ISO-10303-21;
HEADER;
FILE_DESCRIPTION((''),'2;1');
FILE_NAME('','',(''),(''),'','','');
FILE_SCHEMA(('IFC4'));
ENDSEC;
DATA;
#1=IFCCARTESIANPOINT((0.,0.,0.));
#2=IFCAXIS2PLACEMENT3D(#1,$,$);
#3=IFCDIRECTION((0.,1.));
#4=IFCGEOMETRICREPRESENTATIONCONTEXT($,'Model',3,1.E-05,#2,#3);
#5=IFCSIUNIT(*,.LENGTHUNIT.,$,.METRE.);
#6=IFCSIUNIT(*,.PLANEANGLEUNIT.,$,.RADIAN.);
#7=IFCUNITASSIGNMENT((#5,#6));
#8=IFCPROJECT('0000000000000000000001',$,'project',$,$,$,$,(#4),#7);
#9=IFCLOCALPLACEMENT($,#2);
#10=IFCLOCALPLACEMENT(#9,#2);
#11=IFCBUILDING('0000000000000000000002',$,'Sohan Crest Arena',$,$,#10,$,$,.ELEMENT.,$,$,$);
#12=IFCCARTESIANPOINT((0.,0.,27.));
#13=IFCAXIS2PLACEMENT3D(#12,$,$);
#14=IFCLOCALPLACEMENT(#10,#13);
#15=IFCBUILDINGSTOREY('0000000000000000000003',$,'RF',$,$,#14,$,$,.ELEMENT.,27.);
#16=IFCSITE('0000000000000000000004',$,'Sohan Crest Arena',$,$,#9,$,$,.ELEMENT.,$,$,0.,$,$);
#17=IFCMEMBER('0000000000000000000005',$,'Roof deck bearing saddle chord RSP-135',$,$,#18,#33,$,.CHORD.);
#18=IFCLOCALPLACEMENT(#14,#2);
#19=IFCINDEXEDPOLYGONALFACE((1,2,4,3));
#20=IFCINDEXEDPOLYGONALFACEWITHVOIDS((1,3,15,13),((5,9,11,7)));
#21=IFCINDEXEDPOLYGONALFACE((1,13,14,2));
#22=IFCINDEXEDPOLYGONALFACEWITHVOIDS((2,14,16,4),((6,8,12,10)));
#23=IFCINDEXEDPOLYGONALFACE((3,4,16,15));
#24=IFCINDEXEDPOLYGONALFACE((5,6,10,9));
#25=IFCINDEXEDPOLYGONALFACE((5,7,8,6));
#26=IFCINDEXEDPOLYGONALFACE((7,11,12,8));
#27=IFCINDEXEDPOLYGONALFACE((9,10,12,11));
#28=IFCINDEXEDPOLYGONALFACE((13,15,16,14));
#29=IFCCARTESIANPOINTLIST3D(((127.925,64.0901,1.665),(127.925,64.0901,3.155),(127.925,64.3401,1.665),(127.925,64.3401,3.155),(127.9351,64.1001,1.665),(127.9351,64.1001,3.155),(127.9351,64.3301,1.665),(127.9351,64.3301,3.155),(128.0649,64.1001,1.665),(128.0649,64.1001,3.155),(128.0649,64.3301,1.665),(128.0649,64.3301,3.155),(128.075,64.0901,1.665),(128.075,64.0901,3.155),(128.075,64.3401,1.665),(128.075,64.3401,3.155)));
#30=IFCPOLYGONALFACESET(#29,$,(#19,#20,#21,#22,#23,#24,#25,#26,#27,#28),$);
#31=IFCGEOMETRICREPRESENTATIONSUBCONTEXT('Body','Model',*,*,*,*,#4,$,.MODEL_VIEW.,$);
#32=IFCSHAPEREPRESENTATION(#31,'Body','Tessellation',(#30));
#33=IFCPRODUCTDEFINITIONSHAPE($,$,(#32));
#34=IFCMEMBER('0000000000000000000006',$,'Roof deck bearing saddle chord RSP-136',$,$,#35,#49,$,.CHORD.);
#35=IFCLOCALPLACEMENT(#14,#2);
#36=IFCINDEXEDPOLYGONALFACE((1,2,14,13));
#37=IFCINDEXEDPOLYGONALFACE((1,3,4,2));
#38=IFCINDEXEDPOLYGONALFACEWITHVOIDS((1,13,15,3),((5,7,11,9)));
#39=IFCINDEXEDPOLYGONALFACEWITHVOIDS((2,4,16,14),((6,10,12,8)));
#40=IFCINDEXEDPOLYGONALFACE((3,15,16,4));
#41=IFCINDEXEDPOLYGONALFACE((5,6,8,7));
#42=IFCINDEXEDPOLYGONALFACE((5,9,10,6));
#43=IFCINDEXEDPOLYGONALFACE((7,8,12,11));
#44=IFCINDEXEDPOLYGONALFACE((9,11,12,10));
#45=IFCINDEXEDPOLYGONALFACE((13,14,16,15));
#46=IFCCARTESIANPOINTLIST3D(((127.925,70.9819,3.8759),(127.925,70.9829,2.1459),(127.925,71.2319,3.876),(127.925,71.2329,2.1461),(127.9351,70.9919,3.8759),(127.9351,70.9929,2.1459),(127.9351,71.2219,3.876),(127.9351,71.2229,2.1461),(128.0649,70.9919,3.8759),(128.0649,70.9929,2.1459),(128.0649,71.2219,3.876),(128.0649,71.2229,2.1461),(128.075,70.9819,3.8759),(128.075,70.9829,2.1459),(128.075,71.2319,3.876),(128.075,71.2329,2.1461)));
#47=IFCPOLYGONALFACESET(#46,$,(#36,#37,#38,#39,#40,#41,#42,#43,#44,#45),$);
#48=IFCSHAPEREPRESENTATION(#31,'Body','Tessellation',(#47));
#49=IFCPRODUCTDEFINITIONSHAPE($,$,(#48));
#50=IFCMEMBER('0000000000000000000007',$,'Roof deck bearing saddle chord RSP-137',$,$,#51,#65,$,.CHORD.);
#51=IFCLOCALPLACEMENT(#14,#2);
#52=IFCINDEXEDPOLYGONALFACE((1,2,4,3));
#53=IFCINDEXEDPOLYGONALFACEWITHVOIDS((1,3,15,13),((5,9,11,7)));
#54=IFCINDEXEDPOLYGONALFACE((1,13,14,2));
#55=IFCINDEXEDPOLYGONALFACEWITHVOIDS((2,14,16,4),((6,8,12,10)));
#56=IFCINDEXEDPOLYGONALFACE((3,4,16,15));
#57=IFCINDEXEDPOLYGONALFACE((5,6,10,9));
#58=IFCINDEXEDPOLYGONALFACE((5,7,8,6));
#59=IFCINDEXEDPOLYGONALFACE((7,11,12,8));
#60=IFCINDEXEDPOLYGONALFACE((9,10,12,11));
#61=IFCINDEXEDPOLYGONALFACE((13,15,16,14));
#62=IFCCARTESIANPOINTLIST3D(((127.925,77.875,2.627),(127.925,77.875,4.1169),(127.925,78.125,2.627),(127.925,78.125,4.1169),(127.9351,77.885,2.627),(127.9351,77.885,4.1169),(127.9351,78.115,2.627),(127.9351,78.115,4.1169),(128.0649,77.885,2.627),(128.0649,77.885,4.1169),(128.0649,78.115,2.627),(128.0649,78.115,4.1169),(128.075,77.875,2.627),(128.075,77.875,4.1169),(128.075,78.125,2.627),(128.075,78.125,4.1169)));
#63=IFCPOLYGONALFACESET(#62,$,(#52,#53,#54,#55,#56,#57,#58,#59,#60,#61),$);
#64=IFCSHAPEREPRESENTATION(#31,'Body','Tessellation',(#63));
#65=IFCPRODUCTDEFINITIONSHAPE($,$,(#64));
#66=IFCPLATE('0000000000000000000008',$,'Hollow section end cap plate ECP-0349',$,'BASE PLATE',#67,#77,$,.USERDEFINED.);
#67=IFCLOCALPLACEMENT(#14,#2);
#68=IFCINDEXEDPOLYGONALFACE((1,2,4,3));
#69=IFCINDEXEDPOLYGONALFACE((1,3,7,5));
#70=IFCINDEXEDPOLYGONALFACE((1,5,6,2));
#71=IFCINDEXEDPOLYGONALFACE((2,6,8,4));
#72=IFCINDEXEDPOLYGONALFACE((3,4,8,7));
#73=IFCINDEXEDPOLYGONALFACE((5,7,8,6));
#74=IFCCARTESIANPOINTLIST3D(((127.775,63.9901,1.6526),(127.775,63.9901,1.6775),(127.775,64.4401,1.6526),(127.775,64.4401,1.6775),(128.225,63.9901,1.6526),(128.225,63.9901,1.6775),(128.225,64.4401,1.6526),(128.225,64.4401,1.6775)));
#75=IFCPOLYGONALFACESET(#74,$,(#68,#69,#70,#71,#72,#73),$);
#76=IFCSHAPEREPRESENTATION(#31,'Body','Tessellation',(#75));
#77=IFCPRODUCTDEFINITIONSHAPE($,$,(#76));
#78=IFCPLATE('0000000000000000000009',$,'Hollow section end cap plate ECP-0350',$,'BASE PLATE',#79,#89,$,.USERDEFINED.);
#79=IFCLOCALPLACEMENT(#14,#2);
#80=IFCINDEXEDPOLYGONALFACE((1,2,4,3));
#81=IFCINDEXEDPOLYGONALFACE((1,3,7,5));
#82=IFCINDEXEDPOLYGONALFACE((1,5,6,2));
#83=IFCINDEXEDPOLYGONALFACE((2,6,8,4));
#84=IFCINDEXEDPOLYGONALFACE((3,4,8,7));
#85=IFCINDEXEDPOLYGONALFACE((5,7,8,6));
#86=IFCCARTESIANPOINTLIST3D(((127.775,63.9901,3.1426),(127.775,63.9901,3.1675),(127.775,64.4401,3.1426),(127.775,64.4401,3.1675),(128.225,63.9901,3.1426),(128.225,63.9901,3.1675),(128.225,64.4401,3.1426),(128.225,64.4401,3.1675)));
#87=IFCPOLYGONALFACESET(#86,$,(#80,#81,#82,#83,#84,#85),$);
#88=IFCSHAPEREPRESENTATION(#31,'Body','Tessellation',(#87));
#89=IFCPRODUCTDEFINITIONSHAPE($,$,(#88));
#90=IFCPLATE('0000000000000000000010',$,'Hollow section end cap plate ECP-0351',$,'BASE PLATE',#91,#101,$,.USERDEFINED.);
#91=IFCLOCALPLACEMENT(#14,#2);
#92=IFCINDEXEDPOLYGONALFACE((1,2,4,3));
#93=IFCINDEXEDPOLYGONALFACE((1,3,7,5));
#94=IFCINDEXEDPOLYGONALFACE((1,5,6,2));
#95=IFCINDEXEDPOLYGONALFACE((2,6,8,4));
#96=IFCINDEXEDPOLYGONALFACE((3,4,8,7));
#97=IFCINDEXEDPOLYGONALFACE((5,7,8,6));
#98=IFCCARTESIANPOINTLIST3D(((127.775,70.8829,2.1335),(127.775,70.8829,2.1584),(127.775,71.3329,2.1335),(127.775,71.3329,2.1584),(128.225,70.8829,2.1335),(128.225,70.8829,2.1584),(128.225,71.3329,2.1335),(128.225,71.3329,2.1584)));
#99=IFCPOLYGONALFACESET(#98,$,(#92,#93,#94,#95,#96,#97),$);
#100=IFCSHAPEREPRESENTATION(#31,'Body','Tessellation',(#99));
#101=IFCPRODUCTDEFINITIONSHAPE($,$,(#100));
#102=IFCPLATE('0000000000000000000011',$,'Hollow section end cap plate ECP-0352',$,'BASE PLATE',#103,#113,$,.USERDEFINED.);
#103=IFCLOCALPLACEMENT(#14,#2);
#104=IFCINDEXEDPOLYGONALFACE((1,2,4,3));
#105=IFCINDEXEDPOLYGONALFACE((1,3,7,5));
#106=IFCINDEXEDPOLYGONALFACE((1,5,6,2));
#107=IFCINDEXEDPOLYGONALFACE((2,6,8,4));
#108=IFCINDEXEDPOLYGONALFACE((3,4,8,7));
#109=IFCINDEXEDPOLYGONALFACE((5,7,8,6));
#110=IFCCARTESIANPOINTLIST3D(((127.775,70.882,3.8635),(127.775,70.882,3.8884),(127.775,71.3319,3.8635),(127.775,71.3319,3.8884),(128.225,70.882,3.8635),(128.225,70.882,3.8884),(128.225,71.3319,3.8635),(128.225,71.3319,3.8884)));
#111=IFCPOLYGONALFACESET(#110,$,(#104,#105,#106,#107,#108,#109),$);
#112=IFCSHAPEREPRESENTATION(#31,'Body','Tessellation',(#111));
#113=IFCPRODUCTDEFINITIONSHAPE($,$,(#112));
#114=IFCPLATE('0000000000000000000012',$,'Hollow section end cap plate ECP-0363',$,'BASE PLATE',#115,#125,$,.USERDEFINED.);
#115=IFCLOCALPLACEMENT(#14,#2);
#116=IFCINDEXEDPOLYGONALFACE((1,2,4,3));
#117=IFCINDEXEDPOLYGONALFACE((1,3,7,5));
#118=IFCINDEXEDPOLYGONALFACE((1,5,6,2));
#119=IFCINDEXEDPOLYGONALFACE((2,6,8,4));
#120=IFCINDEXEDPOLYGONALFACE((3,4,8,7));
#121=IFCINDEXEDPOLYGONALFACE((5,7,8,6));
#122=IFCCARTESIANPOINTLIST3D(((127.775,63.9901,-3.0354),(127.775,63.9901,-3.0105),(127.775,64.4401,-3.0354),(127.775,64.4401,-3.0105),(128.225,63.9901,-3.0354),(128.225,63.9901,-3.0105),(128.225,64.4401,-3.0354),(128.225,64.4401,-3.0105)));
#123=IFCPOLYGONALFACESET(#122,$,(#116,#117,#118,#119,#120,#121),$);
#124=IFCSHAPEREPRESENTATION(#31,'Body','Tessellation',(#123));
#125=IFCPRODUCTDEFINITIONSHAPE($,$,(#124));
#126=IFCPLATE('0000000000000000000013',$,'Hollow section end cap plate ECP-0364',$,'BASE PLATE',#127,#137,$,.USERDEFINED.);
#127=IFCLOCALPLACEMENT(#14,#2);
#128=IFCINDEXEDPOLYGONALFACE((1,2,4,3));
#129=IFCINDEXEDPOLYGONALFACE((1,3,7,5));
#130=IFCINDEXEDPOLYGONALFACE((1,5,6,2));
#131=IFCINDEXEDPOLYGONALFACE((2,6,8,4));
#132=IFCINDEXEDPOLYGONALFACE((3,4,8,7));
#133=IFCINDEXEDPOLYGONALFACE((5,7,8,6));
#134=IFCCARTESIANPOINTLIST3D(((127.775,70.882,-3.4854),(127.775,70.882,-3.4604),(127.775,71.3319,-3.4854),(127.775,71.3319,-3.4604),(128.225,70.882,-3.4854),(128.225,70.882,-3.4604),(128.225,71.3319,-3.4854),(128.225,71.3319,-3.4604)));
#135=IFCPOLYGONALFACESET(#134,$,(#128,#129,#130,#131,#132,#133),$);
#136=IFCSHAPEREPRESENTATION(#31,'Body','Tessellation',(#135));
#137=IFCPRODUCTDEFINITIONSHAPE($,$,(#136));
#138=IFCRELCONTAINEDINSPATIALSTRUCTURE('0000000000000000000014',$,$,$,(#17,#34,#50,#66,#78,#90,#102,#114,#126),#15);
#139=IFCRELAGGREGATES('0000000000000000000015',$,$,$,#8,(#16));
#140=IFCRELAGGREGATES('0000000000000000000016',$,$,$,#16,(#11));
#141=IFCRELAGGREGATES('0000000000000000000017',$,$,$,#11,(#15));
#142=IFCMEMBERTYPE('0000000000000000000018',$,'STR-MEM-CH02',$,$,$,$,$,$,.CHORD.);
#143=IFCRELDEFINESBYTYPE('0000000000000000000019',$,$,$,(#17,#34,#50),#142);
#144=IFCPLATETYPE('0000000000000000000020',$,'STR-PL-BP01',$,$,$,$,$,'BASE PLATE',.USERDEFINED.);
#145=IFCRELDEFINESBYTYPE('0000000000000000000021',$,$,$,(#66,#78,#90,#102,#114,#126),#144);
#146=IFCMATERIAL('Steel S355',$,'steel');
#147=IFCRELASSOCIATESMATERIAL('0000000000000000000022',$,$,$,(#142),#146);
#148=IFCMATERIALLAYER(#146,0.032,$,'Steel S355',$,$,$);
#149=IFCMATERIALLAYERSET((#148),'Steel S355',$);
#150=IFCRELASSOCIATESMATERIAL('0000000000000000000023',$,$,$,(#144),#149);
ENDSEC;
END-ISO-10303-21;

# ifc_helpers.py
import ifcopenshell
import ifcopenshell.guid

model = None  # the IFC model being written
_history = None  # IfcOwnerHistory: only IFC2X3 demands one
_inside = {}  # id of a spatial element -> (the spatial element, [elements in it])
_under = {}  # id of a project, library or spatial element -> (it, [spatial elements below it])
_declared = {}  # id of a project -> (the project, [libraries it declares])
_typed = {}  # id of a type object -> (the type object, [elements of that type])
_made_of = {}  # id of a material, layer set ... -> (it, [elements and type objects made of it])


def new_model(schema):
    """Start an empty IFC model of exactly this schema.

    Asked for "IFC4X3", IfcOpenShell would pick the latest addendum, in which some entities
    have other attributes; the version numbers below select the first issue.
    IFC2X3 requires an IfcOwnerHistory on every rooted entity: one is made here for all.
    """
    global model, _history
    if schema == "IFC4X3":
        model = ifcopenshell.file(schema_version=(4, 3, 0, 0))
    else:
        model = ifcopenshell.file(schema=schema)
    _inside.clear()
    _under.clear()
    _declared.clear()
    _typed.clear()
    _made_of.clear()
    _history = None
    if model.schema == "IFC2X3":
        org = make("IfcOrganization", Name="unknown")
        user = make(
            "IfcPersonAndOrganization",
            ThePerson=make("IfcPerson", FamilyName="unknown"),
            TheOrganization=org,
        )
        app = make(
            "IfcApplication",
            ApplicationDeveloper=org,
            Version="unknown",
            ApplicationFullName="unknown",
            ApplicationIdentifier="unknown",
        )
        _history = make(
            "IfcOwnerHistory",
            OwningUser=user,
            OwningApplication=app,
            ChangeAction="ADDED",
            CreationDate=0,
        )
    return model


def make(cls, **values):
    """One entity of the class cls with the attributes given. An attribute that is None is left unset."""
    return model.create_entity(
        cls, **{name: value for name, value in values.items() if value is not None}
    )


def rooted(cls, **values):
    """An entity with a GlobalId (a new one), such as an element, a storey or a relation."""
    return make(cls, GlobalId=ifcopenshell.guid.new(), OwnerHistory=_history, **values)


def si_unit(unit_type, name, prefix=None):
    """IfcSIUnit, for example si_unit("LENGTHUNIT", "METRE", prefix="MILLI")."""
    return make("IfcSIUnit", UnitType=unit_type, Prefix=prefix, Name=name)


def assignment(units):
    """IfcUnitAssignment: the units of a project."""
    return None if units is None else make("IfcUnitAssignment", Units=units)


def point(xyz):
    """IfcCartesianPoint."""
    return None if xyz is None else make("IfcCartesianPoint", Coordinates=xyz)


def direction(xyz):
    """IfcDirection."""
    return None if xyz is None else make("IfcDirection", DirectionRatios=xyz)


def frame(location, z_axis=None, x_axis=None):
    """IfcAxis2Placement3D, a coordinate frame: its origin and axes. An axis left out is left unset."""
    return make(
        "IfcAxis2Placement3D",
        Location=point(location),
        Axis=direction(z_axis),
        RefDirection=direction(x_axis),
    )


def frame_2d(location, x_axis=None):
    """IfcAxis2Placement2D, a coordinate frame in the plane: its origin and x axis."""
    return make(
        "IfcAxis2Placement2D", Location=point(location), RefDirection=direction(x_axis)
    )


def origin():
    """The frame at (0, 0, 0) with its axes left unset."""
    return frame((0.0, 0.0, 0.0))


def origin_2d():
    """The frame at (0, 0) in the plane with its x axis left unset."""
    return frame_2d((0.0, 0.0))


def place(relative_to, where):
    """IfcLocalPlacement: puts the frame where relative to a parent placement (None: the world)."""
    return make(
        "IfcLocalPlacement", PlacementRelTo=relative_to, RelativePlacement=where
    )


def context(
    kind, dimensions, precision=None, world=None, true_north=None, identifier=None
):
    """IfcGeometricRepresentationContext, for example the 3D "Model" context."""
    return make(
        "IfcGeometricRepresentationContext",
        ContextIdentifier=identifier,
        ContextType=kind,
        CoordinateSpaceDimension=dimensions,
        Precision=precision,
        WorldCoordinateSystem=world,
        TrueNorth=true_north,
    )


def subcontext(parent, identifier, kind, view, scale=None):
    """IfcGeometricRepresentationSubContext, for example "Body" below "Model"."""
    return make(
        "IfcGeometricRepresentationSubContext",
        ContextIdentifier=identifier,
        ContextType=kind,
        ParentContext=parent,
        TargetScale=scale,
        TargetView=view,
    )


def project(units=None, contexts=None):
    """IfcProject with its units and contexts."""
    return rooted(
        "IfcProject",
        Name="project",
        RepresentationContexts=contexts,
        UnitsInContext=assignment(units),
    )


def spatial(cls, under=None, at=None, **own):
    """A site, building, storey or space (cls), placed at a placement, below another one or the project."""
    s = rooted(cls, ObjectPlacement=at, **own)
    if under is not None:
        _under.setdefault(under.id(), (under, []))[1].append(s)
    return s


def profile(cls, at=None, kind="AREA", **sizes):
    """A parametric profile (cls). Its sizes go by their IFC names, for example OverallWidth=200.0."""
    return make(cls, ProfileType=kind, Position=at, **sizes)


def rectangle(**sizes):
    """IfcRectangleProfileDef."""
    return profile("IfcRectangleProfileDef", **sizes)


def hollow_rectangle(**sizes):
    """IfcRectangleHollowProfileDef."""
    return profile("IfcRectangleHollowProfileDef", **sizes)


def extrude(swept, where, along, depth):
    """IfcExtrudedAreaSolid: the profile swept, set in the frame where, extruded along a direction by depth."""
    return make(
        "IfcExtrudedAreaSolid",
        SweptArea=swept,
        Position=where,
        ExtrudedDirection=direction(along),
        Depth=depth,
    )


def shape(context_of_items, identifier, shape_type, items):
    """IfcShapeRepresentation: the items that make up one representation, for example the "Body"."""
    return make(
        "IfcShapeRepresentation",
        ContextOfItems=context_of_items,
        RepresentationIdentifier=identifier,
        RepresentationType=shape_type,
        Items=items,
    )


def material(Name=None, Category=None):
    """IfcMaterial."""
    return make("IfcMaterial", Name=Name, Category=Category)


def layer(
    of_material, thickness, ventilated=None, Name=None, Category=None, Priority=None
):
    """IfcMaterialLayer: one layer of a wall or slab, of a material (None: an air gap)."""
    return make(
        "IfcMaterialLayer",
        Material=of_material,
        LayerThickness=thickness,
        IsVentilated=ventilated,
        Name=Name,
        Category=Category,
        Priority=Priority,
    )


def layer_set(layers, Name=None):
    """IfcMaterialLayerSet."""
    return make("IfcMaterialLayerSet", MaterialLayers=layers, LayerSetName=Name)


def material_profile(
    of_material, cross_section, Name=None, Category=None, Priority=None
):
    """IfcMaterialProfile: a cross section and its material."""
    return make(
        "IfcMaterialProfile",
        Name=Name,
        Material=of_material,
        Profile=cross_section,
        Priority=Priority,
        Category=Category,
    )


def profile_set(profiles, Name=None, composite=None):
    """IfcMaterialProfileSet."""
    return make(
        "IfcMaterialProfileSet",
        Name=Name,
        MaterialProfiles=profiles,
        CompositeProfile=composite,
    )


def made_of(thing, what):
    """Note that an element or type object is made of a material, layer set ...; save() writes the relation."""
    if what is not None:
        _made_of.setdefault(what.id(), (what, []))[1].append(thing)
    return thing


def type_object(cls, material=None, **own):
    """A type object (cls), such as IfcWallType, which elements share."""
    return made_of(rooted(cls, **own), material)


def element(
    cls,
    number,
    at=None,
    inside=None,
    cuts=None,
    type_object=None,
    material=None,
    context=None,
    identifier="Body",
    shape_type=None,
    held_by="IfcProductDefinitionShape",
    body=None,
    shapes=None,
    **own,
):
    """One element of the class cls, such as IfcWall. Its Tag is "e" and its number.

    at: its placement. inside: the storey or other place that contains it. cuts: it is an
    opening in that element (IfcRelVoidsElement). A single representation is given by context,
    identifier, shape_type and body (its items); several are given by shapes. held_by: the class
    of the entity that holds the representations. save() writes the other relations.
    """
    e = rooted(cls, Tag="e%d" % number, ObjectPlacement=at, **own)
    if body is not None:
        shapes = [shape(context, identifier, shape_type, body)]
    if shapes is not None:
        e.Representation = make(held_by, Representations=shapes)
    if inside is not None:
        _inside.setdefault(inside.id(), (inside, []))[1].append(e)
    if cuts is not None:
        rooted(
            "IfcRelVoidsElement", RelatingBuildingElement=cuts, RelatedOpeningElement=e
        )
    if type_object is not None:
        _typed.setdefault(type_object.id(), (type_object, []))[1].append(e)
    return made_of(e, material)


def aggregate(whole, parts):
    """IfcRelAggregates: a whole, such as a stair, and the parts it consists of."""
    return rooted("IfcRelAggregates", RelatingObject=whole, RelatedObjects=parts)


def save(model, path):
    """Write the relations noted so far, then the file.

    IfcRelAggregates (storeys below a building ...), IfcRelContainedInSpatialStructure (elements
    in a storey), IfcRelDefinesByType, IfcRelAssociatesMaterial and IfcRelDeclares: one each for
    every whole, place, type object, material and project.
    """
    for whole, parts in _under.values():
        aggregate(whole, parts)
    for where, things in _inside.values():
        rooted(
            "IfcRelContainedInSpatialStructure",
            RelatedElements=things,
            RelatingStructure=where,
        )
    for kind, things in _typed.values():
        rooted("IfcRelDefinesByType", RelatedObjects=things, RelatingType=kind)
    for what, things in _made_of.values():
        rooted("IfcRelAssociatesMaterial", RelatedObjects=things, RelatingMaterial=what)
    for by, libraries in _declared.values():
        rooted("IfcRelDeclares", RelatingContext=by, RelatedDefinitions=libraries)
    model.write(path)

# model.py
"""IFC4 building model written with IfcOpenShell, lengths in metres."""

from ifc_helpers import new_model, si_unit, direction, frame, origin, origin_2d, place, context, subcontext, project, spatial, rectangle, hollow_rectangle, extrude, material, layer, layer_set, material_profile, profile_set, type_object, element, save


model = new_model("IFC4")

# Units and contexts
model_context = context("Model", 3, precision=1e-05, world=origin(), true_north=direction((0.0, 1.0)))
body_context = subcontext(model_context, "Body", "Model", "MODEL_VIEW")
ifc_project = project(units=[si_unit("LENGTHUNIT", "METRE"), si_unit("PLANEANGLEUNIT", "RADIAN")], contexts=[model_context])

# Site, building, storey
site_placement = place(None, origin())
site = spatial("IfcSite", under=ifc_project, at=site_placement, Name="Sohan Crest Arena", CompositionType="ELEMENT", RefElevation=0.0)
building_placement = place(site_placement, origin())
building = spatial("IfcBuilding", under=site, at=building_placement, Name="Sohan Crest Arena", CompositionType="ELEMENT")
storey_placement = place(building_placement, frame((0.0, 0.0, 27.0)))
storey = spatial("IfcBuildingStorey", under=building, at=storey_placement, Name="RF", CompositionType="ELEMENT", Elevation=27.0)

# Shared definitions
ifc_material_1 = material(Name="Steel S355", Category="steel")

# Members
ifc_material_profile_1 = material_profile(ifc_material_1, hollow_rectangle(XDim=0.1499, YDim=0.25, WallThickness=0.01, at=origin_2d()), Name="RHS 250x150x10")
ifc_profile_set_1 = profile_set([ifc_material_profile_1], Name="Steel S355")
member_type_1 = type_object("IfcMemberType", Name="STR-MEM-CH02", PredefinedType="CHORD", material=ifc_profile_set_1)
member_1_placement = place(storey_placement, frame((128.0, 64.2151, 1.665), z_axis=(0.0, 0.0, 1.0), x_axis=(1.0, 0.0, 0.0)))
element("IfcMember", 1, at=member_1_placement, inside=storey, type_object=member_type_1, Name="Roof deck bearing saddle chord RSP-135", PredefinedType="CHORD", context=body_context, shape_type="SweptSolid", body=[
    extrude(hollow_rectangle(XDim=0.1499, YDim=0.25, WallThickness=0.01, at=origin_2d()), origin(), (0.0, 0.0, 1.0), 1.49),
])
member_2_placement = place(storey_placement, frame((128.0, 71.1079, 2.146), z_axis=(0.0, -0.000564, 1.0), x_axis=(1.0, 0.0, 0.0)))
element("IfcMember", 2, at=member_2_placement, inside=storey, type_object=member_type_1, Name="Roof deck bearing saddle chord RSP-136", PredefinedType="CHORD", context=body_context, shape_type="SweptSolid", body=[
    extrude(hollow_rectangle(XDim=0.1499, YDim=0.25, WallThickness=0.01, at=origin_2d()), origin(), (0.0, 0.0, 1.0), 1.73),
])
member_3_placement = place(storey_placement, frame((128.0, 78.0, 2.627), z_axis=(0.0, 0.0, 1.0), x_axis=(1.0, 0.0, 0.0)))
element("IfcMember", 3, at=member_3_placement, inside=storey, type_object=member_type_1, Name="Roof deck bearing saddle chord RSP-137", PredefinedType="CHORD", context=body_context, shape_type="SweptSolid", body=[
    extrude(hollow_rectangle(XDim=0.1499, YDim=0.25, WallThickness=0.01, at=origin_2d()), origin(), (0.0, 0.0, 1.0), 1.49),
])

# Plates
ifc_layer = layer(ifc_material_1, 0.032, Name="Steel S355")
ifc_layer_set = layer_set([ifc_layer], Name="Steel S355")
plate_type = type_object("IfcPlateType", Name="STR-PL-BP01", ElementType="BASE PLATE", PredefinedType="USERDEFINED", material=ifc_layer_set)
for number, where, z_axis, x_axis, name in (
    (4, (128.0, 64.2151, 1.6526), (0.0, 0.0, 1.0), (1.0, 0.0, 0.0), "Hollow section end cap plate ECP-0349"),
    (5, (128.0, 64.2151, 3.1426), (0.0, 0.0, 1.0), (1.0, 0.0, 0.0), "Hollow section end cap plate ECP-0350"),
    (6, (128.0, 71.1079, 2.1335), (0.0, 0.0, 1.0), (1.0, 0.0, 0.0), "Hollow section end cap plate ECP-0351"),
    (7, (128.0, 71.1069, 3.8635), (0.0, 0.0, 1.0), (1.0, 0.0, 0.0), "Hollow section end cap plate ECP-0352"),
    (8, (128.0, 64.2151, -3.0354), (0.0, 0.0, 1.0), (1.0, 0.0, 0.0), "Hollow section end cap plate ECP-0363"),
    (9, (128.0, 71.1069, -3.4854), (0.0, 0.0, 1.0), (1.0, 0.0, 0.0), "Hollow section end cap plate ECP-0364"),
):
    element("IfcPlate", number, at=place(storey_placement, frame(where, z_axis=z_axis, x_axis=x_axis)), inside=storey, type_object=plate_type, Name=name, ObjectType="BASE PLATE", PredefinedType="USERDEFINED", context=body_context, shape_type="SweptSolid", body=[
        extrude(rectangle(XDim=0.45, YDim=0.45, at=origin_2d()), origin(), (0.0, 0.0, 1.0), 0.0249),
    ])

save(model, "model.ifc")
